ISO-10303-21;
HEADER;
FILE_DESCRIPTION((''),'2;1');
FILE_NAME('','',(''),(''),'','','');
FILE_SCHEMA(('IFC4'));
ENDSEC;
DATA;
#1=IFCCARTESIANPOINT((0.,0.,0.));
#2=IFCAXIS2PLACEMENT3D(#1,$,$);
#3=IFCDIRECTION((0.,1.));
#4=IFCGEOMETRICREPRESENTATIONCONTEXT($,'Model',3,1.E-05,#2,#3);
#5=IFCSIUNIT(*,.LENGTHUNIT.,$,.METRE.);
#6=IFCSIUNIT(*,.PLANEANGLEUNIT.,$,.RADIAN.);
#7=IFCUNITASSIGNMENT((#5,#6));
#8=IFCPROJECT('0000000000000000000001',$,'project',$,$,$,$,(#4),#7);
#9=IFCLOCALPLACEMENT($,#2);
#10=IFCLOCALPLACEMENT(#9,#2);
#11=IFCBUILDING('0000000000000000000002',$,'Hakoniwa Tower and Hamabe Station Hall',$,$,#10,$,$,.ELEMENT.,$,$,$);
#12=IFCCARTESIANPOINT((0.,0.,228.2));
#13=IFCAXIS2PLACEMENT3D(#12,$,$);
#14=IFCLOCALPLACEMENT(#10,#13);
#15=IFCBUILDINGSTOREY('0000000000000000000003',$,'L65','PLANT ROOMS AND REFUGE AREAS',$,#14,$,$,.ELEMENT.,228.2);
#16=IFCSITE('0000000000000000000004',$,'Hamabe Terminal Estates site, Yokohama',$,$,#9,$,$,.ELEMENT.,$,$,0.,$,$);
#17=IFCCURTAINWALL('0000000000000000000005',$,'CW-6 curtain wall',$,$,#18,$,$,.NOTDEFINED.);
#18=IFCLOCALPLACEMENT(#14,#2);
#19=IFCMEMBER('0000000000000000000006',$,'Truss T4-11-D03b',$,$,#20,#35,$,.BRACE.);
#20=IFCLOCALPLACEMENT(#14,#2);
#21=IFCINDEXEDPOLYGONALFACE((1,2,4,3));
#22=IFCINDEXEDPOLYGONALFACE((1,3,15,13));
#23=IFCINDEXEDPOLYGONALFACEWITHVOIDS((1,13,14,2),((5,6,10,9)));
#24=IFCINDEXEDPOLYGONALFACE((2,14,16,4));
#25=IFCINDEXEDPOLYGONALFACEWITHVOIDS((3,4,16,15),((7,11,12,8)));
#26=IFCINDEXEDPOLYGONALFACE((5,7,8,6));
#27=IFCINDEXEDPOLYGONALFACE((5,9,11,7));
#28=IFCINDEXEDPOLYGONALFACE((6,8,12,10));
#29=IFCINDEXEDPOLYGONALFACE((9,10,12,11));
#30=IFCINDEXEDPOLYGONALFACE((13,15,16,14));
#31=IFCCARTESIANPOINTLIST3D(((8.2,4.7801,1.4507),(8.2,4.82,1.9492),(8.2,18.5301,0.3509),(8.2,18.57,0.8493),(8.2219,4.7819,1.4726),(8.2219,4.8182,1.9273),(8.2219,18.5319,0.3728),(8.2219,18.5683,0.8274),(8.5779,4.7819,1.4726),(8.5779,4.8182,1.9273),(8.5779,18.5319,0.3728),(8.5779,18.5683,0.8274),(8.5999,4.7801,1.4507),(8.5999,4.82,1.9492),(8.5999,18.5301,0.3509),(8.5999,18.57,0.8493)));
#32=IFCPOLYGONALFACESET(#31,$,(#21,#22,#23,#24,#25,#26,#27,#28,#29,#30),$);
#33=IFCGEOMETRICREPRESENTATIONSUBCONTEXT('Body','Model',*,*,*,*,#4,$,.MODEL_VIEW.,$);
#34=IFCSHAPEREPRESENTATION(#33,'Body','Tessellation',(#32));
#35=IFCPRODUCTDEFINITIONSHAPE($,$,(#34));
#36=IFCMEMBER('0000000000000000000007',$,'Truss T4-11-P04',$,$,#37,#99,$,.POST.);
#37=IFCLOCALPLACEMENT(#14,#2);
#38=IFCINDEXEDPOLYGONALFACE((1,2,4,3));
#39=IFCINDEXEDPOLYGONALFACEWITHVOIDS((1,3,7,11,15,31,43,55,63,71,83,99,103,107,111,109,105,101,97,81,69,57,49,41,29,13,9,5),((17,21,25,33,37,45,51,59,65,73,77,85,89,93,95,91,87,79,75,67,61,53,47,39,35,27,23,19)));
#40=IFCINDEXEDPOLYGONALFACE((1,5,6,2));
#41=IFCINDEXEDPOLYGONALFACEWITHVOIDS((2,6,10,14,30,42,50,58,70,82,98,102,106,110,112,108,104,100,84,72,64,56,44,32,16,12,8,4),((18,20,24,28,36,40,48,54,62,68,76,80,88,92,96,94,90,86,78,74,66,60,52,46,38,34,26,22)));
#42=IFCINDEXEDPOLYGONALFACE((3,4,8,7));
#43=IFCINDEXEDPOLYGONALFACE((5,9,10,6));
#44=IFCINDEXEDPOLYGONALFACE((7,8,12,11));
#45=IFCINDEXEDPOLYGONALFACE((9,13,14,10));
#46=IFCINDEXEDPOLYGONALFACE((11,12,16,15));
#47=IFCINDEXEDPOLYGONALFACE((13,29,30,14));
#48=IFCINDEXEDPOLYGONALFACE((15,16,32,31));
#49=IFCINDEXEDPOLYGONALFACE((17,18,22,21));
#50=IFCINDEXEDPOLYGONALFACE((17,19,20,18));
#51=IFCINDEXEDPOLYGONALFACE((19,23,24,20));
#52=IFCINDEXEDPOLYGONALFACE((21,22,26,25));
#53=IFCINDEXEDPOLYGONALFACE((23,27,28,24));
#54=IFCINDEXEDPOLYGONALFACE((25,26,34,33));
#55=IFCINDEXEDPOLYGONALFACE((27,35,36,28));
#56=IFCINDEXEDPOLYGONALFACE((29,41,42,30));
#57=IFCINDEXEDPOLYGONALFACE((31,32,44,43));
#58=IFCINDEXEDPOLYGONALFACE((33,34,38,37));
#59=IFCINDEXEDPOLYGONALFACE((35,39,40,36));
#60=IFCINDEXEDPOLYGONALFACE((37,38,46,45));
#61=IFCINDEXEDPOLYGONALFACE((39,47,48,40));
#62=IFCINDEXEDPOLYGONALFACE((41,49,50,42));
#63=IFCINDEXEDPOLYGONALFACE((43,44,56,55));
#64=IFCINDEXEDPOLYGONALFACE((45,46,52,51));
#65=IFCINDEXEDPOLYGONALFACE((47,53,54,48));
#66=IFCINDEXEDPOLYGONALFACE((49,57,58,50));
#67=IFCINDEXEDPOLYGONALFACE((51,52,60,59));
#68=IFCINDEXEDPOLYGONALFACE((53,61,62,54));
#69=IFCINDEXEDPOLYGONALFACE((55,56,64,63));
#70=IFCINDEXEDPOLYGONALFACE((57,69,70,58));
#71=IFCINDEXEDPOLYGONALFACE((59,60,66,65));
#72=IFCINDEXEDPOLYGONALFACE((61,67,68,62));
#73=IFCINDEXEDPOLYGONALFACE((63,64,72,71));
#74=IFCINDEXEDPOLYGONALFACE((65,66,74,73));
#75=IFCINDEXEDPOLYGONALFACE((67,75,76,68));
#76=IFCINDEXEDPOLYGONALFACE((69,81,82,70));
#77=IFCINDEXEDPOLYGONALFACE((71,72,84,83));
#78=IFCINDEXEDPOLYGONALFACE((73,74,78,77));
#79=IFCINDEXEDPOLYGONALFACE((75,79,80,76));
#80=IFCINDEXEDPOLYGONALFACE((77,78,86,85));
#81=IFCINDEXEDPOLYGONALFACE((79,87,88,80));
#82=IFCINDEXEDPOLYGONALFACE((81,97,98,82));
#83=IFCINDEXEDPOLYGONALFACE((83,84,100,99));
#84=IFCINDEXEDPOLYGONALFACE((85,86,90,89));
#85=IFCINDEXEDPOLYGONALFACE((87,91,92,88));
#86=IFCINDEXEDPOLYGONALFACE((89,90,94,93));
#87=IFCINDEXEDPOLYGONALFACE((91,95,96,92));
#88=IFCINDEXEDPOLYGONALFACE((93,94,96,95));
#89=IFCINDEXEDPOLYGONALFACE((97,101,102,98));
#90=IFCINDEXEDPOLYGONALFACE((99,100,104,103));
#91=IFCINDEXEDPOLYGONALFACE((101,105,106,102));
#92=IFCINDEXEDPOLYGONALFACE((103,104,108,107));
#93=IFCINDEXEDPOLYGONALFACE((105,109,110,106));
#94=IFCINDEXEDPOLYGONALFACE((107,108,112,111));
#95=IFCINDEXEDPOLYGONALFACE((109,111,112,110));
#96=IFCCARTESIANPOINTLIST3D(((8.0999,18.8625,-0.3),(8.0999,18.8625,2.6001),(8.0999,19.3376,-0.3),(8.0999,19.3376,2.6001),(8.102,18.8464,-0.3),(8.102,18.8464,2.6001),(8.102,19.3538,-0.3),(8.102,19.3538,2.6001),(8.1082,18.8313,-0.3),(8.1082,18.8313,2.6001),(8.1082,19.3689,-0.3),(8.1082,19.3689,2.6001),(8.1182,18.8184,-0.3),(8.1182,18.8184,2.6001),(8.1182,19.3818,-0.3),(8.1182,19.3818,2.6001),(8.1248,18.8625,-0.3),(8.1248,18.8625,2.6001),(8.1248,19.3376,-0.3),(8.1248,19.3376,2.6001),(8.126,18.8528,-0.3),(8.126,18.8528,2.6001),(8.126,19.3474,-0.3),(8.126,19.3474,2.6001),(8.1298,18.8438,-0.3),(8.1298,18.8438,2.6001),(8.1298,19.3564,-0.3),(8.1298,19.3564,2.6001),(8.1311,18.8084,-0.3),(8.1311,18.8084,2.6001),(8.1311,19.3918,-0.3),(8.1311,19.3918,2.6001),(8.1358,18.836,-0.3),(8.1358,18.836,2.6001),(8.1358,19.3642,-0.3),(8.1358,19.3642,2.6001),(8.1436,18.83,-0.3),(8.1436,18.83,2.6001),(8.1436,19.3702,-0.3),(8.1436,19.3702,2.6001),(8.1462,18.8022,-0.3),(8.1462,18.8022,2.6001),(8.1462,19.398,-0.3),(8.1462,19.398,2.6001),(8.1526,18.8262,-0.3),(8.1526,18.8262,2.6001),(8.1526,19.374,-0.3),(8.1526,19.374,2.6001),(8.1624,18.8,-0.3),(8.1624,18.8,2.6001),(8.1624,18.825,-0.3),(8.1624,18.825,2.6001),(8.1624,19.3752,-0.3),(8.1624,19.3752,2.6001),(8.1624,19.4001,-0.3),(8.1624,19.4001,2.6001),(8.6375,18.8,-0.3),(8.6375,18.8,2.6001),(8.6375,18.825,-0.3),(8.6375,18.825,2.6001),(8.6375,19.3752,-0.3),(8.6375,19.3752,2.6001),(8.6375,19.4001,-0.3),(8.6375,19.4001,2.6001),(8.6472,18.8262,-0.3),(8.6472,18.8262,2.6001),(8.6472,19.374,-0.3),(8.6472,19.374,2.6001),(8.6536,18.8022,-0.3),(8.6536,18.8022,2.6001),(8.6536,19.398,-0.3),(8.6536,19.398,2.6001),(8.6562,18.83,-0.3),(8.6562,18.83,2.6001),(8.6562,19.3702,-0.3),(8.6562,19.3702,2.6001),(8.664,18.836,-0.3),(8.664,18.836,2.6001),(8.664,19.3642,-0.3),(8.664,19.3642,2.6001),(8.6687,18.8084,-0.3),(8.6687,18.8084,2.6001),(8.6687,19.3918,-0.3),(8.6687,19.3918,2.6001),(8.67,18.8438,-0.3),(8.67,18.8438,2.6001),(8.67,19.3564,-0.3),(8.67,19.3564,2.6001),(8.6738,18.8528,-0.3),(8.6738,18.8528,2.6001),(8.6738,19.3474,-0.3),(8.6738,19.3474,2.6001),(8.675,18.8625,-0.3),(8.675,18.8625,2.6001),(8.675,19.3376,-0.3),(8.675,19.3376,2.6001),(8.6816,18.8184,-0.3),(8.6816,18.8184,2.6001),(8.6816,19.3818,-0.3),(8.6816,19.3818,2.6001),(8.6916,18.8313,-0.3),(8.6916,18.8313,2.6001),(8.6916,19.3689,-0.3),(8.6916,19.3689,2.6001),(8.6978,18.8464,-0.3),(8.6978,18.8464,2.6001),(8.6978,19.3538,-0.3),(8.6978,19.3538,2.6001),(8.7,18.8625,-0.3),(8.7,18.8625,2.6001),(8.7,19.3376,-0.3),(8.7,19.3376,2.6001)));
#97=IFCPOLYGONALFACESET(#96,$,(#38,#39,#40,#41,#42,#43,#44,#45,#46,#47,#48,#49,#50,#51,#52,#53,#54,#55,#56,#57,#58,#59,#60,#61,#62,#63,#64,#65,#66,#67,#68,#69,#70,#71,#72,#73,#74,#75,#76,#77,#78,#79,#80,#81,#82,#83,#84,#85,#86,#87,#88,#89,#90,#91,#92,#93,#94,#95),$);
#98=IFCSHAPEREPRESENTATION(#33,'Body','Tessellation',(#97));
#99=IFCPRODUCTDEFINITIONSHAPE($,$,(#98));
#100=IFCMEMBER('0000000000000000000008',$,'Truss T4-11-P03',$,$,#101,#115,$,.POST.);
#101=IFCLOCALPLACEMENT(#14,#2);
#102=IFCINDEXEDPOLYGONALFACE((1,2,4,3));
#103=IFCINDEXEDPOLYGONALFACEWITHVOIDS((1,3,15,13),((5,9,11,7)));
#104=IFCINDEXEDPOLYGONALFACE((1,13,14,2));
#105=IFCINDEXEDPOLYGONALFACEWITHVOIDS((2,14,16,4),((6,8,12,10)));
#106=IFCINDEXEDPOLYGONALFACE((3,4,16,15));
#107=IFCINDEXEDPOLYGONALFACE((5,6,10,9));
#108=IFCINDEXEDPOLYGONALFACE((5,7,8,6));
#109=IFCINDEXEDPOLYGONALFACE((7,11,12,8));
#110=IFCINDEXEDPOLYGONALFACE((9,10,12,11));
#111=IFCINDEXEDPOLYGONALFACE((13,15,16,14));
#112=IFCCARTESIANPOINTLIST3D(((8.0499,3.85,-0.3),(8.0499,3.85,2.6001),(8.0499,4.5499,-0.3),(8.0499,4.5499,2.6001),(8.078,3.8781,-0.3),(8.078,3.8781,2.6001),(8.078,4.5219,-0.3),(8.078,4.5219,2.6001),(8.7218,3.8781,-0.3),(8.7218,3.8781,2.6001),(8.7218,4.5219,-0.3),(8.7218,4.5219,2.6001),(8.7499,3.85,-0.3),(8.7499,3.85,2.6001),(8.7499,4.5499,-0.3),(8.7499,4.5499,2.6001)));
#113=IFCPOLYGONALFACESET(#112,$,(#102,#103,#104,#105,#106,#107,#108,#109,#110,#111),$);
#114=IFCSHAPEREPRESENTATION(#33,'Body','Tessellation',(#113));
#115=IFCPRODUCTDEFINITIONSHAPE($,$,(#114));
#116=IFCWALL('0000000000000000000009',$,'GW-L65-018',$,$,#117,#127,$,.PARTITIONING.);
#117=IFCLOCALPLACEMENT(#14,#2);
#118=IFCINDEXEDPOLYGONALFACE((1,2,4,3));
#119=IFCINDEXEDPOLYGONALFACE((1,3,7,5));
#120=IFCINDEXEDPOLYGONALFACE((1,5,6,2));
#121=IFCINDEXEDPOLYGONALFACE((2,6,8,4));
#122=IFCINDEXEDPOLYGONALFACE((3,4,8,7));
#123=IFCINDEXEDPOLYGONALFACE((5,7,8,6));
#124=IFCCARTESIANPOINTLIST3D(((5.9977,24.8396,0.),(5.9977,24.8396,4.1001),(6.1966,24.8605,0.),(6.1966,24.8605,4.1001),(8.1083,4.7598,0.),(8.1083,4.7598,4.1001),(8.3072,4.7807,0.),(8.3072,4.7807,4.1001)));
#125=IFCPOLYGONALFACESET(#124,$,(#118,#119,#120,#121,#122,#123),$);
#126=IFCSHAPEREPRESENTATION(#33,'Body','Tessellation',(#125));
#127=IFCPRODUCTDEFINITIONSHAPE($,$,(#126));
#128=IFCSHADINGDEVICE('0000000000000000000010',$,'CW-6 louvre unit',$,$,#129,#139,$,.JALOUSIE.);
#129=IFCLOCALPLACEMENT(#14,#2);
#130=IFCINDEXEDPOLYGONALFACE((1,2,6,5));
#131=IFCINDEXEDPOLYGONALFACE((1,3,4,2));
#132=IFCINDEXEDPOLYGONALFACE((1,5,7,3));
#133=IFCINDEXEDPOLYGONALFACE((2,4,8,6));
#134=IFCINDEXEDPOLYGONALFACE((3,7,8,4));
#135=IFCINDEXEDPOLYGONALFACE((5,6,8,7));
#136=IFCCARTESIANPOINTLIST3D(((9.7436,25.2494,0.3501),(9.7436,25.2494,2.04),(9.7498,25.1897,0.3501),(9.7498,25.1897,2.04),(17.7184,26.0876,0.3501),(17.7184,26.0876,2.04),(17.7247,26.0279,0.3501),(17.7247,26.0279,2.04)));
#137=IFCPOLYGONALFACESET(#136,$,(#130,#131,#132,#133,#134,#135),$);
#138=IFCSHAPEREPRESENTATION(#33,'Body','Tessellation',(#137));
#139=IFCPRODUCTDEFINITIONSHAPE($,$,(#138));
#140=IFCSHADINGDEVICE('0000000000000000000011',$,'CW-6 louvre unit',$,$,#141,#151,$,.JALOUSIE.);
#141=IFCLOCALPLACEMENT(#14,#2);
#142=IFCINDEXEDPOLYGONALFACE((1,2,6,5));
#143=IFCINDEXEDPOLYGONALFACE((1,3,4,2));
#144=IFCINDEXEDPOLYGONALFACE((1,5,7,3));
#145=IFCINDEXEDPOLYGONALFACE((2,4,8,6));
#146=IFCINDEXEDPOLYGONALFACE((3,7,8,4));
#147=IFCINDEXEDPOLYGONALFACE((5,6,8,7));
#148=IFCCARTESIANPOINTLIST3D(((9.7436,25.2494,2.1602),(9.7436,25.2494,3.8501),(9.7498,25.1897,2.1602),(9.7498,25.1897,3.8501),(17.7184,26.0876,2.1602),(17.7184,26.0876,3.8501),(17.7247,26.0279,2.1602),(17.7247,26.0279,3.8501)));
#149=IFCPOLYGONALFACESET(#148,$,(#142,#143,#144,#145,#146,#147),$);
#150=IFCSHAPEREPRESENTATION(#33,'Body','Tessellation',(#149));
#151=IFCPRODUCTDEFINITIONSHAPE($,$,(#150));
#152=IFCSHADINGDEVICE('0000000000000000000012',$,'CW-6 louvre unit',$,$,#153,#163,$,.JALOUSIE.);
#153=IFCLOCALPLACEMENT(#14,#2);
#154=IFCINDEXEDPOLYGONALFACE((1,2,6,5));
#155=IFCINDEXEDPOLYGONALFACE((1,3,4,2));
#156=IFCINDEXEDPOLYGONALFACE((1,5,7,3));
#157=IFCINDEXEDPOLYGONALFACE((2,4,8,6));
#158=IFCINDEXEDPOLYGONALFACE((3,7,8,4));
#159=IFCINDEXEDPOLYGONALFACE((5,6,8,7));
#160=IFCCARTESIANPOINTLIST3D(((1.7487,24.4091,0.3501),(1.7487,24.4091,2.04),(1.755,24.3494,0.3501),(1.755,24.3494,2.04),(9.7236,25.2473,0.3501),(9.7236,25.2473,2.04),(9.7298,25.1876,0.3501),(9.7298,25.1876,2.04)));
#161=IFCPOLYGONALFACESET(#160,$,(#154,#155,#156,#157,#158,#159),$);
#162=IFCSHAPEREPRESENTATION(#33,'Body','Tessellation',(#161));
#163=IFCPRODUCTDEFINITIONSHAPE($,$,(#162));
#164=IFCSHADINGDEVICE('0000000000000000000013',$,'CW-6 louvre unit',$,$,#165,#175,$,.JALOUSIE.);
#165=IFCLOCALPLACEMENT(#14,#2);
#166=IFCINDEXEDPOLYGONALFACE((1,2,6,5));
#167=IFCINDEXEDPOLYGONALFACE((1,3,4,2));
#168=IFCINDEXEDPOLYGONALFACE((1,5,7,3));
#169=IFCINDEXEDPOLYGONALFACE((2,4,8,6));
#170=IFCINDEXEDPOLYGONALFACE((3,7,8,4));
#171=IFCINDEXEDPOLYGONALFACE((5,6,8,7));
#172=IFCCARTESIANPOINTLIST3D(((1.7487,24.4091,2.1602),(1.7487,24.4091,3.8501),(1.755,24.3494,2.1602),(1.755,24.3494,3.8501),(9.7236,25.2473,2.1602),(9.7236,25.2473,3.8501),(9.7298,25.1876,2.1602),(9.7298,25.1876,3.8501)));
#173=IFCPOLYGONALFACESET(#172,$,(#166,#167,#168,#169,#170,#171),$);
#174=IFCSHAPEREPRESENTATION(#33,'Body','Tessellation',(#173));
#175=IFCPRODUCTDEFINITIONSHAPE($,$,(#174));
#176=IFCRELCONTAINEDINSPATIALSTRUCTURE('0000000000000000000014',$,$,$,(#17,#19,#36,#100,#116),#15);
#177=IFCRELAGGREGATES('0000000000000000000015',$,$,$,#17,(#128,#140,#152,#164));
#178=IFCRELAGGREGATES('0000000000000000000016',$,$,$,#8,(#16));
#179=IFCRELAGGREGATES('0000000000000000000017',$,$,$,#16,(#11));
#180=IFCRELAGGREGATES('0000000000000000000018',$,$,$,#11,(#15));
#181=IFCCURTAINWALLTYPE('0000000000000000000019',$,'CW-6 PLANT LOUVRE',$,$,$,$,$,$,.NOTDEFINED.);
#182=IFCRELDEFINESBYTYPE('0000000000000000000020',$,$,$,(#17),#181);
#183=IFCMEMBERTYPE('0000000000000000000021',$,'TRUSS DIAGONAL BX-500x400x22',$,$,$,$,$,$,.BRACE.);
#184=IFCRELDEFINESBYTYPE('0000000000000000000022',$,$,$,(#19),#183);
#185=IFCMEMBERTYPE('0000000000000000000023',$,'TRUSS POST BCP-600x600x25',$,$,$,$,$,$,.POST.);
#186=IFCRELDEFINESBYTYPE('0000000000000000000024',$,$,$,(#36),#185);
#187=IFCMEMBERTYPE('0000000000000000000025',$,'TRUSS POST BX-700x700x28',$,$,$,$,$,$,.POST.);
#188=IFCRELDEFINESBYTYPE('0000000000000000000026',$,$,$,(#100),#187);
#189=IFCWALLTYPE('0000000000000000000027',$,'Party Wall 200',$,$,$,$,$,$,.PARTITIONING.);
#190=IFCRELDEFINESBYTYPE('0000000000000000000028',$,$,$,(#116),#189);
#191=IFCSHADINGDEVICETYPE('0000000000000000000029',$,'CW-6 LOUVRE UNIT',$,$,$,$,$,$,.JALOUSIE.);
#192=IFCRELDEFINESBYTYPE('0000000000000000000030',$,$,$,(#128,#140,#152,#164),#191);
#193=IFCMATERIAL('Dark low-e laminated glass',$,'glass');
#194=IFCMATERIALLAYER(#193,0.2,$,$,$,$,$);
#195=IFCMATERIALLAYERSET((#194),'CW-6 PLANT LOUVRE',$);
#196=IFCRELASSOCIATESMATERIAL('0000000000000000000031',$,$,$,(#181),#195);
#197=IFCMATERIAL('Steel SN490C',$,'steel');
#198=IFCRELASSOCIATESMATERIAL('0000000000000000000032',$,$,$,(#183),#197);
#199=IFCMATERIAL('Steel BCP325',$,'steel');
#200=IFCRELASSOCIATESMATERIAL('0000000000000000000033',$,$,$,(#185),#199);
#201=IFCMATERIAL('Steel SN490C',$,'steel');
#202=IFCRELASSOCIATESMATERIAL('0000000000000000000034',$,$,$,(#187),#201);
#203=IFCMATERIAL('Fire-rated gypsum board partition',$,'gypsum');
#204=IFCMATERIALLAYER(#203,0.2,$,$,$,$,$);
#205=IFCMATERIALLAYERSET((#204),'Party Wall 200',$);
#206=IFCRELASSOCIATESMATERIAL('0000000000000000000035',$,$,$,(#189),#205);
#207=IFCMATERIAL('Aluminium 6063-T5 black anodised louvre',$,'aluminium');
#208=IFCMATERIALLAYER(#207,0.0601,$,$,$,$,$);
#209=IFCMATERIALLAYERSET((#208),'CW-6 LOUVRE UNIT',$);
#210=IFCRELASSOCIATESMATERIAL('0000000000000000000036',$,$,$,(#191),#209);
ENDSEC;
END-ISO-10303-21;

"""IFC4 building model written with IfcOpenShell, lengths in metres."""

from ifc_helpers import new_model, si_unit, direction, frame, frame_2d, origin, origin_2d, place, context, subcontext, project, spatial, rectangle, hollow_rectangle, extrude, material, layer, layer_set, material_profile, profile_set, type_object, element, aggregate, save


model = new_model("IFC4")

# Units and contexts
model_context = context("Model", 3, precision=1e-05, world=origin(), true_north=direction((0.0, 1.0)))
body_context = subcontext(model_context, "Body", "Model", "MODEL_VIEW")
ifc_project = project(units=[si_unit("LENGTHUNIT", "METRE"), si_unit("PLANEANGLEUNIT", "RADIAN")], contexts=[model_context])

# Site, building, storey
site_placement = place(None, origin())
site = spatial("IfcSite", under=ifc_project, at=site_placement, Name="Hamabe Terminal Estates site, Yokohama", CompositionType="ELEMENT", RefElevation=0.0)
building_placement = place(site_placement, origin())
building = spatial("IfcBuilding", under=site, at=building_placement, Name="Hakoniwa Tower and Hamabe Station Hall", CompositionType="ELEMENT")
storey_placement = place(building_placement, frame((0.0, 0.0, 228.2)))
storey = spatial("IfcBuildingStorey", under=building, at=storey_placement, Name="L65", Description="PLANT ROOMS AND REFUGE AREAS", CompositionType="ELEMENT", Elevation=228.2)

# Curtain wall
ifc_material_1 = material(Name="Dark low-e laminated glass", Category="glass")
ifc_layer_1 = layer(ifc_material_1, 0.2)
ifc_layer_set_1 = layer_set([ifc_layer_1], Name="CW-6 PLANT LOUVRE")
curtain_wall_type = type_object("IfcCurtainWallType", Name="CW-6 PLANT LOUVRE", PredefinedType="NOTDEFINED", material=ifc_layer_set_1)
curtain_wall_placement = place(storey_placement, origin())
curtain_wall = element("IfcCurtainWall", 1, at=curtain_wall_placement, inside=storey, type_object=curtain_wall_type, Name="CW-6 curtain wall", PredefinedType="NOTDEFINED")

# Members
ifc_material_2 = material(Name="Steel SN490C", Category="steel")
ifc_material_profile_1 = material_profile(ifc_material_2, hollow_rectangle(XDim=0.3999, YDim=0.5, WallThickness=0.022, at=origin_2d()), Name="BX-500x400x22")
ifc_profile_set_1 = profile_set([ifc_material_profile_1], Name="Steel SN490C")
member_type_1 = type_object("IfcMemberType", Name="TRUSS DIAGONAL BX-500x400x22", PredefinedType="BRACE", material=ifc_profile_set_1)
for number, where, z_axis, x_axis, name in (
    (2, (8.3999, 4.8, 1.7), (0.0, 0.996816, -0.079735), (-1.0, 0.0, 0.0), "Truss T4-11-D03b"),
):
    element("IfcMember", number, at=place(storey_placement, frame(where, z_axis=z_axis, x_axis=x_axis)), inside=storey, type_object=member_type_1, Name=name, PredefinedType="BRACE", context=body_context, shape_type="SweptSolid", body=[
        extrude(hollow_rectangle(XDim=0.3999, YDim=0.5, WallThickness=0.022, at=origin_2d()), origin(), (0.0, 0.0, 1.0), 13.7939),
    ])
ifc_material_3 = material(Name="Steel BCP325", Category="steel")
ifc_material_profile_2 = material_profile(ifc_material_3, hollow_rectangle(XDim=0.6001, YDim=0.6001, WallThickness=0.0249, InnerFilletRadius=0.0376, OuterFilletRadius=0.0625, at=origin_2d()), Name="BCP-600x600x25")
ifc_profile_set_2 = profile_set([ifc_material_profile_2], Name="Steel BCP325")
member_type_2 = type_object("IfcMemberType", Name="TRUSS POST BCP-600x600x25", PredefinedType="POST", material=ifc_profile_set_2)
member_1_placement = place(storey_placement, frame((8.3999, 19.1001, -0.3), z_axis=(0.0, 0.0, 1.0), x_axis=(1.0, 0.0, 0.0)))
element("IfcMember", 3, at=member_1_placement, inside=storey, type_object=member_type_2, Name="Truss T4-11-P04", PredefinedType="POST", context=body_context, shape_type="SweptSolid", body=[
    extrude(hollow_rectangle(XDim=0.6001, YDim=0.6001, WallThickness=0.0249, InnerFilletRadius=0.0376, OuterFilletRadius=0.0625, at=origin_2d()), origin(), (0.0, 0.0, 1.0), 2.9001),
])
ifc_material_4 = material(Name="Steel SN490C", Category="steel")
ifc_material_profile_3 = material_profile(ifc_material_4, hollow_rectangle(XDim=0.7, YDim=0.7, WallThickness=0.0281, at=origin_2d()), Name="BX-700x700x28")
ifc_profile_set_3 = profile_set([ifc_material_profile_3], Name="Steel SN490C")
member_type_3 = type_object("IfcMemberType", Name="TRUSS POST BX-700x700x28", PredefinedType="POST", material=ifc_profile_set_3)
member_2_placement = place(storey_placement, frame((8.3999, 4.2, -0.3), z_axis=(0.0, 0.0, 1.0), x_axis=(1.0, 0.0, 0.0)))
element("IfcMember", 4, at=member_2_placement, inside=storey, type_object=member_type_3, Name="Truss T4-11-P03", PredefinedType="POST", context=body_context, shape_type="SweptSolid", body=[
    extrude(hollow_rectangle(XDim=0.7, YDim=0.7, WallThickness=0.0281, at=origin_2d()), origin(), (0.0, 0.0, 1.0), 2.9001),
])

# Wall
ifc_material_5 = material(Name="Fire-rated gypsum board partition", Category="gypsum")
ifc_layer_2 = layer(ifc_material_5, 0.2)
ifc_layer_set_2 = layer_set([ifc_layer_2], Name="Party Wall 200")
wall_type = type_object("IfcWallType", Name="Party Wall 200", PredefinedType="PARTITIONING", material=ifc_layer_set_2)
wall_placement = place(storey_placement, frame((8.2078, 4.7703, 0.0), z_axis=(0.0, 0.0, 1.0), x_axis=(-0.104534, 0.994521, 0.0)))
element("IfcWall", 5, at=wall_placement, inside=storey, type_object=wall_type, Name="GW-L65-018", PredefinedType="PARTITIONING", context=body_context, shape_type="SweptSolid", body=[
    extrude(rectangle(XDim=20.1904, YDim=0.2, at=frame_2d((10.0952, 0.0))), origin(), (0.0, 0.0, 1.0), 4.1001),
])

# Shading devices
ifc_material_6 = material(Name="Aluminium 6063-T5 black anodised louvre", Category="aluminium")
ifc_layer_3 = layer(ifc_material_6, 0.0601)
ifc_layer_set_3 = layer_set([ifc_layer_3], Name="CW-6 LOUVRE UNIT")
shading_device_type = type_object("IfcShadingDeviceType", Name="CW-6 LOUVRE UNIT", PredefinedType="JALOUSIE", material=ifc_layer_set_3)
shading_device_1_placement = place(storey_placement, frame((13.7341, 25.6387, 0.3501), z_axis=(0.0, 0.0, 1.0), x_axis=(-0.994522, -0.104528, 0.0)))
shading_device_1 = element("IfcShadingDevice", 6, at=shading_device_1_placement, type_object=shading_device_type, Name="CW-6 louvre unit", PredefinedType="JALOUSIE", context=body_context, shape_type="SweptSolid", body=[
    extrude(rectangle(XDim=8.0188, YDim=0.0601, at=origin_2d()), origin(), (0.0, 0.0, 1.0), 1.6899),
])
shading_device_2_placement = place(storey_placement, frame((13.7341, 25.6387, 2.1602), z_axis=(0.0, 0.0, 1.0), x_axis=(-0.994522, -0.104528, 0.0)))
shading_device_2 = element("IfcShadingDevice", 7, at=shading_device_2_placement, type_object=shading_device_type, Name="CW-6 louvre unit", PredefinedType="JALOUSIE", context=body_context, shape_type="SweptSolid", body=[
    extrude(rectangle(XDim=8.0188, YDim=0.0601, at=origin_2d()), origin(), (0.0, 0.0, 1.0), 1.6899),
])
shading_device_3_placement = place(storey_placement, frame((5.7393, 24.7983, 0.3501), z_axis=(0.0, 0.0, 1.0), x_axis=(-0.994522, -0.104528, 0.0)))
shading_device_3 = element("IfcShadingDevice", 8, at=shading_device_3_placement, type_object=shading_device_type, Name="CW-6 louvre unit", PredefinedType="JALOUSIE", context=body_context, shape_type="SweptSolid", body=[
    extrude(rectangle(XDim=8.0188, YDim=0.0601, at=origin_2d()), origin(), (0.0, 0.0, 1.0), 1.6899),
])
shading_device_4_placement = place(storey_placement, frame((5.7393, 24.7983, 2.1602), z_axis=(0.0, 0.0, 1.0), x_axis=(-0.994522, -0.104528, 0.0)))
shading_device_4 = element("IfcShadingDevice", 9, at=shading_device_4_placement, type_object=shading_device_type, Name="CW-6 louvre unit", PredefinedType="JALOUSIE", context=body_context, shape_type="SweptSolid", body=[
    extrude(rectangle(XDim=8.0188, YDim=0.0601, at=origin_2d()), origin(), (0.0, 0.0, 1.0), 1.6899),
])
aggregate(curtain_wall, [shading_device_1, shading_device_2, shading_device_3, shading_device_4])

save(model, "model.ifc")
